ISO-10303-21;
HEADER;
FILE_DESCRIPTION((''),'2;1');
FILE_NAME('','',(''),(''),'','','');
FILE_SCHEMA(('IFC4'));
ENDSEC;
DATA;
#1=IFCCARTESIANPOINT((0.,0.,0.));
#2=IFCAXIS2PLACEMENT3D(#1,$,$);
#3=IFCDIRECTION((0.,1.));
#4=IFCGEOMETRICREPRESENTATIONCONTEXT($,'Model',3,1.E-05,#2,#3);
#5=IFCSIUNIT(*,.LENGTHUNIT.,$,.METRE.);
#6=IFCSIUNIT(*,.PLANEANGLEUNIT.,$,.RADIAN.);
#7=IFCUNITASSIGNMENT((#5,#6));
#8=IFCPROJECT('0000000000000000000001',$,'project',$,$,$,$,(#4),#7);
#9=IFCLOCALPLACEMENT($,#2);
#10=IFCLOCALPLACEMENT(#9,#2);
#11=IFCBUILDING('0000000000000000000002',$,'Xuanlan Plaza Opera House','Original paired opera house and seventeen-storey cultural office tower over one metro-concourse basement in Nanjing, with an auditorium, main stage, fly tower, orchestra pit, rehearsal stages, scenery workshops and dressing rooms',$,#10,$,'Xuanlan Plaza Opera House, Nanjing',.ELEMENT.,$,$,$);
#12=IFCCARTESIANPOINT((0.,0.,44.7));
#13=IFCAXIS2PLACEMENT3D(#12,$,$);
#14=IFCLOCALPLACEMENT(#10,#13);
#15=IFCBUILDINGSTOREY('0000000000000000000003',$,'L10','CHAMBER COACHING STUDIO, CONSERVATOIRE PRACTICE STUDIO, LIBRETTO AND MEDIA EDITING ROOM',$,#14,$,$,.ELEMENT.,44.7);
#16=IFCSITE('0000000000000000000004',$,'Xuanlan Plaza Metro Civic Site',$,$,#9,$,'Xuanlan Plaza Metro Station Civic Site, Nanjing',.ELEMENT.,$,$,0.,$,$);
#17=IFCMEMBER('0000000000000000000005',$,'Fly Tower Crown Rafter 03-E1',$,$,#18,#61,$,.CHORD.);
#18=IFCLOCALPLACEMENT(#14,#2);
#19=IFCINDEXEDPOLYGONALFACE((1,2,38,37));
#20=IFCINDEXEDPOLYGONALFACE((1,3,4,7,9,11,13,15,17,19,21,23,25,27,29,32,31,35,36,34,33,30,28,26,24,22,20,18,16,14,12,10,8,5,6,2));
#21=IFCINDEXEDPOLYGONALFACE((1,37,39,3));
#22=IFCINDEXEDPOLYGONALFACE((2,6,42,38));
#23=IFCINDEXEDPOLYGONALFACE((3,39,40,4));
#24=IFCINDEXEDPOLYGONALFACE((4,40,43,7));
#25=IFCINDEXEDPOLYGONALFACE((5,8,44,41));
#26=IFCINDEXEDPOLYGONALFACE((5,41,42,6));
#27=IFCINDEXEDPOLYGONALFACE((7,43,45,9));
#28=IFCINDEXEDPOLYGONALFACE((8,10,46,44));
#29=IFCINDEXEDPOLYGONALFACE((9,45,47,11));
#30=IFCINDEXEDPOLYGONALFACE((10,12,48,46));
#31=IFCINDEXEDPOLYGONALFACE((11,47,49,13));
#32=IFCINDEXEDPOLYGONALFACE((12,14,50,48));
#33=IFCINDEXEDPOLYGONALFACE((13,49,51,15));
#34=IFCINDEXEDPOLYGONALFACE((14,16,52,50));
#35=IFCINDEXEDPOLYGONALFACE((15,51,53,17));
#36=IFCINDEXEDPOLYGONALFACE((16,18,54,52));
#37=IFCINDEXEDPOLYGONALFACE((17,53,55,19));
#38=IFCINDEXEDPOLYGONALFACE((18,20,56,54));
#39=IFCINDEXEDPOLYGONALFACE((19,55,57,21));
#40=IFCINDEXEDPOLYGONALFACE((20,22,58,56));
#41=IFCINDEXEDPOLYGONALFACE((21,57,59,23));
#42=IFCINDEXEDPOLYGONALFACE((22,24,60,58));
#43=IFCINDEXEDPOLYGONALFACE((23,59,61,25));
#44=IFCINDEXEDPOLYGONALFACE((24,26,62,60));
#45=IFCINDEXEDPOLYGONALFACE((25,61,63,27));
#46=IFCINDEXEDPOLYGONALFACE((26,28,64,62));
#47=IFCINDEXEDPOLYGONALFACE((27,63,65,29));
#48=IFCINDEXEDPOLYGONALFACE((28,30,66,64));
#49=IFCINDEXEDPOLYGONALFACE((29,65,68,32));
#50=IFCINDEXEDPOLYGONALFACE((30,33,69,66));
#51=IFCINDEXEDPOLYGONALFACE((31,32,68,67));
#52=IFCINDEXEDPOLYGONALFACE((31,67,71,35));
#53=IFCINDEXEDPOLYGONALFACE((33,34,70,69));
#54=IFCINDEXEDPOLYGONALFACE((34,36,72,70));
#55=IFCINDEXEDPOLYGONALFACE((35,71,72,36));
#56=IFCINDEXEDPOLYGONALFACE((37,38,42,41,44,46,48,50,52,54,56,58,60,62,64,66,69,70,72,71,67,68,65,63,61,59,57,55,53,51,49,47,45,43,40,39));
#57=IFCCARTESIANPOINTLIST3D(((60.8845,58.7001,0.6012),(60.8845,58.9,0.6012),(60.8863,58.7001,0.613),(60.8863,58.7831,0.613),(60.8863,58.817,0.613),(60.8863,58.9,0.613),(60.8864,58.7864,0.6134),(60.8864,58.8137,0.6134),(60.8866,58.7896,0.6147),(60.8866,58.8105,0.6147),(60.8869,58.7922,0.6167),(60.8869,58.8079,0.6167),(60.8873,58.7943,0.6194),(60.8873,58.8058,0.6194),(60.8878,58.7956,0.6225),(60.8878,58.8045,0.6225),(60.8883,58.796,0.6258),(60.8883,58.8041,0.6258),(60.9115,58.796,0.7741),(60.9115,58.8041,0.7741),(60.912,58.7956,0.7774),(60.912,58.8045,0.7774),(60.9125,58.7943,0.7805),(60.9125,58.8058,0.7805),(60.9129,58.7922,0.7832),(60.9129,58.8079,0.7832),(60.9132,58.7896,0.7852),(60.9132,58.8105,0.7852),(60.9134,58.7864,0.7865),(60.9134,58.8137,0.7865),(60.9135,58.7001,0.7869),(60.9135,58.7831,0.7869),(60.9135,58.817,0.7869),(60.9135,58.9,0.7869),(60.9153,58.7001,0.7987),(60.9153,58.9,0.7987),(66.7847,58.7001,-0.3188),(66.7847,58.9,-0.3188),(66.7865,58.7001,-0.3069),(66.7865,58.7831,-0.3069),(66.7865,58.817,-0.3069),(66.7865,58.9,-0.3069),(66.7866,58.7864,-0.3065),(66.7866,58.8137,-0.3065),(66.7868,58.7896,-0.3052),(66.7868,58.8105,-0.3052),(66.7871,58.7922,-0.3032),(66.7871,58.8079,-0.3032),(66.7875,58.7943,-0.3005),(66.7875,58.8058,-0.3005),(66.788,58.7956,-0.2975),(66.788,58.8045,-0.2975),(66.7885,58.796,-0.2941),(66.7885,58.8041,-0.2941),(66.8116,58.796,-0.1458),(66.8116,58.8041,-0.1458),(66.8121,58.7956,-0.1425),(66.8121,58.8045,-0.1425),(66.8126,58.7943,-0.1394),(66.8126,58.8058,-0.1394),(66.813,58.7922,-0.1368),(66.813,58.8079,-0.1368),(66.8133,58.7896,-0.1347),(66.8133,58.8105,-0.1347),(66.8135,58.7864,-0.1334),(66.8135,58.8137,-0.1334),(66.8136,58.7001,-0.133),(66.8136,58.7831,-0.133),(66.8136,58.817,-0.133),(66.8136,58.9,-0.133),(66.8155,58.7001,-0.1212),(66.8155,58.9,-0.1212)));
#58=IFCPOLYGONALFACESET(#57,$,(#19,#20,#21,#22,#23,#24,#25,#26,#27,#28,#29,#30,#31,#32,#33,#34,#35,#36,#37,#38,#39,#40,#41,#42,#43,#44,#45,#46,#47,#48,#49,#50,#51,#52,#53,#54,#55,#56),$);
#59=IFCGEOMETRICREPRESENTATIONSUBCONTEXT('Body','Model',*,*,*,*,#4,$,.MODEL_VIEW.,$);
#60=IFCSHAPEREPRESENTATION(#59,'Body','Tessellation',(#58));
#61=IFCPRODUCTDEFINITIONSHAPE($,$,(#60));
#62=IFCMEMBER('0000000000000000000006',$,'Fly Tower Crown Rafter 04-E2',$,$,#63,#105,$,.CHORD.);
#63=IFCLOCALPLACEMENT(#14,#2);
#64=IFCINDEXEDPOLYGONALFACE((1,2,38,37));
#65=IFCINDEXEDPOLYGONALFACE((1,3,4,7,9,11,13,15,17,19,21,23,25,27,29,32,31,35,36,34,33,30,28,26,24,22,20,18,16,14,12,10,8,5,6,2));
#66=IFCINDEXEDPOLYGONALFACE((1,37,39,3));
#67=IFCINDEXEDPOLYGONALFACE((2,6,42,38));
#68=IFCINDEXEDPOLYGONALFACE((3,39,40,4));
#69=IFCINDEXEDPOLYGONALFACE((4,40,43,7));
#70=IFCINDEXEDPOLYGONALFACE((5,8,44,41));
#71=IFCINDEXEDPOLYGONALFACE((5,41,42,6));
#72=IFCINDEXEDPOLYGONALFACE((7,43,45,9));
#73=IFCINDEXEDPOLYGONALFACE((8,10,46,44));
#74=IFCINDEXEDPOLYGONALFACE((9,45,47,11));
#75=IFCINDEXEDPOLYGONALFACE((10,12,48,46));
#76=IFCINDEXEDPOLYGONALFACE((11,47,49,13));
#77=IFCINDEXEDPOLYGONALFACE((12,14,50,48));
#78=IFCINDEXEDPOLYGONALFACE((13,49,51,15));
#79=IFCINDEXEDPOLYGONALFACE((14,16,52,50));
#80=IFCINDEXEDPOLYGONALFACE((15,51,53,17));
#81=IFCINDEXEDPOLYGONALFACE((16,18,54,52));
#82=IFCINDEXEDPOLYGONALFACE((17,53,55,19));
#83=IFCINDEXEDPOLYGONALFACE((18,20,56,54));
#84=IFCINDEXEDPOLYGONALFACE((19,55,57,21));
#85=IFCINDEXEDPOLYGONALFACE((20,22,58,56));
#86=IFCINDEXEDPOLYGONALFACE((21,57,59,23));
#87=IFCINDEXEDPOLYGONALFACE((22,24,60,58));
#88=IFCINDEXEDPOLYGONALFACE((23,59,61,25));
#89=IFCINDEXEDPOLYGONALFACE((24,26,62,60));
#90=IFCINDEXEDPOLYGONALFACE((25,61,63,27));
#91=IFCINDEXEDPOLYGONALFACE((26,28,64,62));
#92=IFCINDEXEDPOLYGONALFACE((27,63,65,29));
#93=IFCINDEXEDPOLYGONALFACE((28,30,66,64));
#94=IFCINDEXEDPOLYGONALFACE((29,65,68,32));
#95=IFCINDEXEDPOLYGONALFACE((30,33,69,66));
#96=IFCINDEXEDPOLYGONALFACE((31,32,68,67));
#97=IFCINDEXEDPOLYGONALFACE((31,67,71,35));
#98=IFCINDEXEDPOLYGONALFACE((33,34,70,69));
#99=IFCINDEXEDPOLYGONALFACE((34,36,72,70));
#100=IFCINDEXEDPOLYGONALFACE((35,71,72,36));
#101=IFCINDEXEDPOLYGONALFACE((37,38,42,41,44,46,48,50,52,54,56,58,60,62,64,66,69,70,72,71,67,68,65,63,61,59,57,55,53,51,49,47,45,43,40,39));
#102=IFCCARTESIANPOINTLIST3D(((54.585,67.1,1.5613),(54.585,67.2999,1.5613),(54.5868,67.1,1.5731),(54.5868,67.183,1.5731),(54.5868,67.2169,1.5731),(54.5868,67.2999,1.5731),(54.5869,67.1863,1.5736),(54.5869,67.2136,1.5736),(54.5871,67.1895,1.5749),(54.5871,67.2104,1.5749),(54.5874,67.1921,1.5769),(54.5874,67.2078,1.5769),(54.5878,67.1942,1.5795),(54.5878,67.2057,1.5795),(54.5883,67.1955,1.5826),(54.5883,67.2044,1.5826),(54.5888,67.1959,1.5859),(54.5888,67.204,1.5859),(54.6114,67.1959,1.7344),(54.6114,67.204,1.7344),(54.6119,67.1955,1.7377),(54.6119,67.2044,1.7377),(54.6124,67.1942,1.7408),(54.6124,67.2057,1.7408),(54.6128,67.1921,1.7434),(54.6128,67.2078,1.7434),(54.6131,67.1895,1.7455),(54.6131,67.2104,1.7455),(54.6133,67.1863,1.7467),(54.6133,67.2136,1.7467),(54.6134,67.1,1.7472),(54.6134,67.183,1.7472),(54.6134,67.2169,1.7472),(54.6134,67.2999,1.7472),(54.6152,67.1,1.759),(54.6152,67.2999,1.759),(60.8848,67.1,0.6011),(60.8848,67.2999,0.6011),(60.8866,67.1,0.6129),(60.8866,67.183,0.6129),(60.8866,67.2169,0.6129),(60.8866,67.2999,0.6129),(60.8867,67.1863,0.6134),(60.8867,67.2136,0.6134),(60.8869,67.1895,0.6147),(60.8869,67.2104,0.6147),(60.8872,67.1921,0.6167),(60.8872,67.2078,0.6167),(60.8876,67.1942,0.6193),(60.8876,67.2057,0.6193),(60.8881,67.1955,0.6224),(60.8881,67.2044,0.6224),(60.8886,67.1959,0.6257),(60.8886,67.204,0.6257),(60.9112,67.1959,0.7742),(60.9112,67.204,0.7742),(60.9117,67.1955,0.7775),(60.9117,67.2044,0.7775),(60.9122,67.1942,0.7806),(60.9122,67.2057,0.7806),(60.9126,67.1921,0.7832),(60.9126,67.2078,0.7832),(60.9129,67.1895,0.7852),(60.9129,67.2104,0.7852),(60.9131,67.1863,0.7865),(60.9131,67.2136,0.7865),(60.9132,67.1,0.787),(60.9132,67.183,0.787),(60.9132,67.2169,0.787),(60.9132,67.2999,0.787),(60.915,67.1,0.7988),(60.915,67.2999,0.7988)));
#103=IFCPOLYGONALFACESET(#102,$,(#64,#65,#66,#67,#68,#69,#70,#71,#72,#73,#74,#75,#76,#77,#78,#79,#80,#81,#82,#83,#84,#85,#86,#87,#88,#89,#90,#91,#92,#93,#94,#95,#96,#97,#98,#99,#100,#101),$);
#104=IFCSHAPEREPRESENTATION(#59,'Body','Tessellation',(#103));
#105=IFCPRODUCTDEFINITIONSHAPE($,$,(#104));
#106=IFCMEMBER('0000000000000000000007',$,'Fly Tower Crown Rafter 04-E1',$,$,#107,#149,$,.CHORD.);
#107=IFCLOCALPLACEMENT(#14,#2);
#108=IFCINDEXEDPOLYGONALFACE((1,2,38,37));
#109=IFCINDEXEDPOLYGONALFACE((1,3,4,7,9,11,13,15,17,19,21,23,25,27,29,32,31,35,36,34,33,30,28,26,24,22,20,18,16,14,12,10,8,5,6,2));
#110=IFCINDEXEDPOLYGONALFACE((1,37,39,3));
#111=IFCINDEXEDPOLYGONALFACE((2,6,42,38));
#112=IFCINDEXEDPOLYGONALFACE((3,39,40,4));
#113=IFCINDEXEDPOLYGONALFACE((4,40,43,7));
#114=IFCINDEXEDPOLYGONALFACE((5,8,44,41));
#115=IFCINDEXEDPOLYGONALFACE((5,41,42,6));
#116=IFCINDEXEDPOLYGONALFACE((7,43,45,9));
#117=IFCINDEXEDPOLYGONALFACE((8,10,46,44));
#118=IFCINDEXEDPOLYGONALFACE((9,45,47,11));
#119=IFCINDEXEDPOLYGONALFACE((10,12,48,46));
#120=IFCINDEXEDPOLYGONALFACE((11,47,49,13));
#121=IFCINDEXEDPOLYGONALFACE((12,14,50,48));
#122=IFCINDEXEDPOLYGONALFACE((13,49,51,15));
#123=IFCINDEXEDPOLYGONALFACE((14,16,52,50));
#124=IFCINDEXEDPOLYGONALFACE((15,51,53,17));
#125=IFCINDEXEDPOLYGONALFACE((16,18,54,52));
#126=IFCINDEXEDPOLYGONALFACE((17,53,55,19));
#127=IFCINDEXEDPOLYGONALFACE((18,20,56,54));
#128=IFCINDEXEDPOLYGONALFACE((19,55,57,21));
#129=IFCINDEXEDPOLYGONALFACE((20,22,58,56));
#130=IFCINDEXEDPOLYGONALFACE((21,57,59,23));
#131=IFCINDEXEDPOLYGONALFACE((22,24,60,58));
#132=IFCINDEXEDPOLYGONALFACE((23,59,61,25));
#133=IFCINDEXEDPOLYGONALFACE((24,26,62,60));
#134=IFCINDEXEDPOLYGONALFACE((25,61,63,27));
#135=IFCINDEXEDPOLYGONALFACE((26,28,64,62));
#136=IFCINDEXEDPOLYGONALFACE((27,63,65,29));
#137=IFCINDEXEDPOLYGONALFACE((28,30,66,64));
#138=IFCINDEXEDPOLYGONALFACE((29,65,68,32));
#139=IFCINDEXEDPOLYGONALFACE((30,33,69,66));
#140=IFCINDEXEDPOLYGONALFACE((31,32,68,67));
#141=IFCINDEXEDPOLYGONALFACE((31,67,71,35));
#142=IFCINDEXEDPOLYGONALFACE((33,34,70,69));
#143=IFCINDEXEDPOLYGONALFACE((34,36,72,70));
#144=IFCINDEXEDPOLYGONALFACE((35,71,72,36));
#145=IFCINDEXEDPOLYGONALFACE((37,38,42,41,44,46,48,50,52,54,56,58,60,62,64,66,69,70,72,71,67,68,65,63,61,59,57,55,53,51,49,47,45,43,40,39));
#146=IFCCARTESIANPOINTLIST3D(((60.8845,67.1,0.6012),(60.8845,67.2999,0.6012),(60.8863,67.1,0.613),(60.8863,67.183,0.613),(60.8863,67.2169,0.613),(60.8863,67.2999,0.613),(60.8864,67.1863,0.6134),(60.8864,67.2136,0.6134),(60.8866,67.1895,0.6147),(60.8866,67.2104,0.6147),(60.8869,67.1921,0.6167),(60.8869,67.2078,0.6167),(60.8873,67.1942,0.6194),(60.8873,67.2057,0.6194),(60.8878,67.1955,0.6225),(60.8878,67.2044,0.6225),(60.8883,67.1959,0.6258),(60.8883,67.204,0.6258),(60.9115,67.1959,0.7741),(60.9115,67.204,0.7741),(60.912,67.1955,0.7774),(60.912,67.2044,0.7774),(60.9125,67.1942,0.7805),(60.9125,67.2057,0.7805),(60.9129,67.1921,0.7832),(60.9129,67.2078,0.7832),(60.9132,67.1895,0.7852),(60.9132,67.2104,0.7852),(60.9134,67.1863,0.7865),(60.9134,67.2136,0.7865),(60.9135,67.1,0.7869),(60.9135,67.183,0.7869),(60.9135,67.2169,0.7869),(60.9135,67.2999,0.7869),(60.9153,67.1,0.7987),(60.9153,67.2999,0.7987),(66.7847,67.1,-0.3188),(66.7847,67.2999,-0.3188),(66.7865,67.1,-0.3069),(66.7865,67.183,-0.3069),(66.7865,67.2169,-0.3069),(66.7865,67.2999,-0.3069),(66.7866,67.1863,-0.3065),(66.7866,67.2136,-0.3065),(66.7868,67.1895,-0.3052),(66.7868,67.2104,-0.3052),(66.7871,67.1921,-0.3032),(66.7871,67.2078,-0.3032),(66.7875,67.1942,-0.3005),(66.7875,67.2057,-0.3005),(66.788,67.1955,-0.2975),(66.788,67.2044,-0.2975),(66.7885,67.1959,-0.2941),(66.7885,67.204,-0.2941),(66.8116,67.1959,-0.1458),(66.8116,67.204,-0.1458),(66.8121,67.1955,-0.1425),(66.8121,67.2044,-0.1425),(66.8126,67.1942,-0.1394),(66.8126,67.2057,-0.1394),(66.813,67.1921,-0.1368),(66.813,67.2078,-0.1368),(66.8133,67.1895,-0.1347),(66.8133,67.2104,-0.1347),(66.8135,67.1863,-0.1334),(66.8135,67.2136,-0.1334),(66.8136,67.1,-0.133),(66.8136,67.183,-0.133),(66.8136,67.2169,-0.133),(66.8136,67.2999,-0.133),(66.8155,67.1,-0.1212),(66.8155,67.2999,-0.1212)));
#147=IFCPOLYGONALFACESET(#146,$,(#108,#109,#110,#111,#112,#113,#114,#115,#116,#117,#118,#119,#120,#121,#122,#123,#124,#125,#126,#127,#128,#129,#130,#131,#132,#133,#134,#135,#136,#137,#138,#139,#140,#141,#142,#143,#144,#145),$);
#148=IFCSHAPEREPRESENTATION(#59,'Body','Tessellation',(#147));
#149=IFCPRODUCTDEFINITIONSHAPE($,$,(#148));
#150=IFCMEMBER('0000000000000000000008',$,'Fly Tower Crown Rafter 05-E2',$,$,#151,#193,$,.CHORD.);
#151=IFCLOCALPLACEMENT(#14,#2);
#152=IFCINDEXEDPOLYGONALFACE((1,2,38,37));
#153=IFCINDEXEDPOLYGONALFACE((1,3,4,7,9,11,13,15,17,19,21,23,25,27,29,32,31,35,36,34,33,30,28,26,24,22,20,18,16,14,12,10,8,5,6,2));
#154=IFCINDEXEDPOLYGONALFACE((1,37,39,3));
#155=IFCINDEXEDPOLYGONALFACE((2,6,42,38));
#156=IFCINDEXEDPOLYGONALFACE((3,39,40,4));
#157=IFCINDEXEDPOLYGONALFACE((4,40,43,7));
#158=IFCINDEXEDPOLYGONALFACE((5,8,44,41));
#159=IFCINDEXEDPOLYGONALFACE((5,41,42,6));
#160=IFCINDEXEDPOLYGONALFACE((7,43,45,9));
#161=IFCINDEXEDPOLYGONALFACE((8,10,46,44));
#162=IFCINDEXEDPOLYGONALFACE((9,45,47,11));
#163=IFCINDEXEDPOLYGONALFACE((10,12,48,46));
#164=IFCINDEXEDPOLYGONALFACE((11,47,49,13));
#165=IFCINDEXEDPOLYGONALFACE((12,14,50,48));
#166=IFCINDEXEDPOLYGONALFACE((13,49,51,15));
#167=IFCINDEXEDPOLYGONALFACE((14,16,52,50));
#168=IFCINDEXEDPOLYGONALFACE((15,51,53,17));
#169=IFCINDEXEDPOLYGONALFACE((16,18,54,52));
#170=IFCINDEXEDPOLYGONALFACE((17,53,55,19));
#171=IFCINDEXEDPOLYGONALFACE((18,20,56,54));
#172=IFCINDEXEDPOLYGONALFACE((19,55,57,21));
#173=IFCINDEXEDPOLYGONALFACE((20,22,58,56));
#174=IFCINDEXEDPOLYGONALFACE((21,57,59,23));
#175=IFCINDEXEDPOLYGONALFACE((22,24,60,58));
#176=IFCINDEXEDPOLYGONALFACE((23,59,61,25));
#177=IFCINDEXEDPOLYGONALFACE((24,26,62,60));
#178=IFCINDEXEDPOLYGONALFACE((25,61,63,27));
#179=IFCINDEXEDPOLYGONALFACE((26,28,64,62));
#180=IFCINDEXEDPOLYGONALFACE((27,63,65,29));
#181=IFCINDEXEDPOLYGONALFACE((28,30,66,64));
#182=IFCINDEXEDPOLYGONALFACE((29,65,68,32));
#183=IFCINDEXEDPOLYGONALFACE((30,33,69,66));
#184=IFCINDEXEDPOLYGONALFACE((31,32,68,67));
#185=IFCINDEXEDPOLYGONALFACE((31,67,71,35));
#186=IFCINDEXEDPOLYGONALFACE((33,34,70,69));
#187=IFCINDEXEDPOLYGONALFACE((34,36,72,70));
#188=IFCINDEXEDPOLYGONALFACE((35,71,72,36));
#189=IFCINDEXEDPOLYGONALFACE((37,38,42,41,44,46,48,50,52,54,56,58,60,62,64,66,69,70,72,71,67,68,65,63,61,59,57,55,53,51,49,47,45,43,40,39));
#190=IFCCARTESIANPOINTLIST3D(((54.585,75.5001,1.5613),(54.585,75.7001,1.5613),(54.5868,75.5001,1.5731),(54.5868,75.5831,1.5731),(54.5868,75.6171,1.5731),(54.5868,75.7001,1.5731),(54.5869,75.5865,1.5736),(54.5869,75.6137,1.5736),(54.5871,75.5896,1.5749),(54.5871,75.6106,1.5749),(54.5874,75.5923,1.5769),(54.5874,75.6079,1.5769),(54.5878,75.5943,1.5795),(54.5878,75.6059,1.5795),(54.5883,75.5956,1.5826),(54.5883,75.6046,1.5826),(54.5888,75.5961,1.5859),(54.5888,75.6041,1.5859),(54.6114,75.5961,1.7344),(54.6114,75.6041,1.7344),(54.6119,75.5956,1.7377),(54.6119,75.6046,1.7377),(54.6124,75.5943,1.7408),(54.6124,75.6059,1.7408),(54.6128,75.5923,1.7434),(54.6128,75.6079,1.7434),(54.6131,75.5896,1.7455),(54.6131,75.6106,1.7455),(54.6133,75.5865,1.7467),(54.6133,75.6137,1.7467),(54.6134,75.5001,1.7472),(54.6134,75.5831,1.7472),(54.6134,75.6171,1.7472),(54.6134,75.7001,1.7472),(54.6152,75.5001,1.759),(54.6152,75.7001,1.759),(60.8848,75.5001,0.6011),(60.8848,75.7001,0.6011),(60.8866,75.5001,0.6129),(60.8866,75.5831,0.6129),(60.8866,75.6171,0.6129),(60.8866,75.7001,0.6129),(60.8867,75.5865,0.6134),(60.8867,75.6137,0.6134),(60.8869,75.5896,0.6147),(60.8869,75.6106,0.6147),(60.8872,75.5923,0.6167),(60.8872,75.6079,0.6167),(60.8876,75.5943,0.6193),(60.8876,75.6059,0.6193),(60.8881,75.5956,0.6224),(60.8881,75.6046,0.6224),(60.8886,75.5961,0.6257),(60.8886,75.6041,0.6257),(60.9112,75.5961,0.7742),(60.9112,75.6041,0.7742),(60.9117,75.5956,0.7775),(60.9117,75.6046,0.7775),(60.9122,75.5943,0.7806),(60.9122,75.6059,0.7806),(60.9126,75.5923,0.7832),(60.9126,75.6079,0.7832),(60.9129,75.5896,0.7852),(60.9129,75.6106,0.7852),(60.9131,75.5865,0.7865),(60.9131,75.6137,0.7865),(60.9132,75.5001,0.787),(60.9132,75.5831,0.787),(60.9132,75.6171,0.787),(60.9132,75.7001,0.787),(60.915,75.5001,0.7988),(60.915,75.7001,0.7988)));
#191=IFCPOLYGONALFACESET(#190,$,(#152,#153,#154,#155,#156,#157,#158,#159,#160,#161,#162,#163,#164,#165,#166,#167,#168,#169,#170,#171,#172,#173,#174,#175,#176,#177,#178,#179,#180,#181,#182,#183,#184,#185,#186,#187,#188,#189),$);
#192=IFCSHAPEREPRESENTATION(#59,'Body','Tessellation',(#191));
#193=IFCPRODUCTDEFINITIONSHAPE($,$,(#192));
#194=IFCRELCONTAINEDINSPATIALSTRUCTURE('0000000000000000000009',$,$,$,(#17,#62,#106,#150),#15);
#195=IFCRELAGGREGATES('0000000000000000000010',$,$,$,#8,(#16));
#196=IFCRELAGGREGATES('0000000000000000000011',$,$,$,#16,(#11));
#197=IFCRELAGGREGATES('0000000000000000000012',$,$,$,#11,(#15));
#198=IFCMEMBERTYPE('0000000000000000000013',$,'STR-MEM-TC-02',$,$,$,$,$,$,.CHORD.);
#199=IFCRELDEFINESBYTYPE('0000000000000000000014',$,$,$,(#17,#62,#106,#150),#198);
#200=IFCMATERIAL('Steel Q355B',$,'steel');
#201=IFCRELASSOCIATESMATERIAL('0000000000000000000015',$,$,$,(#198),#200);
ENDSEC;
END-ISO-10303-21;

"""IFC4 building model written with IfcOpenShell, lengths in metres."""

from ifc_helpers import new_model, si_unit, direction, frame, origin, origin_2d, place, context, subcontext, project, spatial, i_section, extrude, material, material_profile, profile_set, type_object, element, save


model = new_model("IFC4")

# Units and contexts
model_context = context("Model", 3, precision=1e-05, world=origin(), true_north=direction((0.0, 1.0)))
body_context = subcontext(model_context, "Body", "Model", "MODEL_VIEW")
ifc_project = project(units=[si_unit("LENGTHUNIT", "METRE"), si_unit("PLANEANGLEUNIT", "RADIAN")], contexts=[model_context])

# Site, building, storey
site_placement = place(None, origin())
site = spatial("IfcSite", under=ifc_project, at=site_placement, Name="Xuanlan Plaza Metro Civic Site", LongName="Xuanlan Plaza Metro Station Civic Site, Nanjing", CompositionType="ELEMENT", RefElevation=0.0)
building_placement = place(site_placement, origin())
building = spatial("IfcBuilding", under=site, at=building_placement, Name="Xuanlan Plaza Opera House", Description="Original paired opera house and seventeen-storey cultural office tower over one metro-concourse basement in Nanjing, with an auditorium, main stage, fly tower, orchestra pit, rehearsal stages, scenery workshops and dressing rooms", LongName="Xuanlan Plaza Opera House, Nanjing", CompositionType="ELEMENT")
storey_placement = place(building_placement, frame((0.0, 0.0, 44.7)))
storey = spatial("IfcBuildingStorey", under=building, at=storey_placement, Name="L10", Description="CHAMBER COACHING STUDIO, CONSERVATOIRE PRACTICE STUDIO, LIBRETTO AND MEDIA EDITING ROOM", CompositionType="ELEMENT", Elevation=44.7)

# Shared definitions
ifc_material_1 = material(Name="Steel Q355B", Category="steel")

# Members
ifc_material_profile_1 = material_profile(ifc_material_1, i_section(OverallWidth=0.2, OverallDepth=0.2, WebThickness=0.0081, FlangeThickness=0.012, FilletRadius=0.0129, at=origin_2d()), Name="HW 200x200x8x12")
ifc_profile_set_1 = profile_set([ifc_material_profile_1], Name="Steel Q355B")
member_type_1 = type_object("IfcMemberType", Name="STR-MEM-TC-02", PredefinedType="CHORD", material=ifc_profile_set_1)
member_1_placement = place(storey_placement, frame((60.8999, 58.8, 0.7), z_axis=(0.988062, 0.0, -0.154054), x_axis=(0.0, 1.0, 0.0)))
element("IfcMember", 1, at=member_1_placement, inside=storey, type_object=member_type_1, Name="Fly Tower Crown Rafter 03-E1", PredefinedType="CHORD", context=body_context, shape_type="SweptSolid", body=[
    extrude(i_section(OverallWidth=0.2, OverallDepth=0.2, WebThickness=0.0081, FlangeThickness=0.012, FilletRadius=0.0129, at=origin_2d()), origin(), (0.0, 0.0, 1.0), 5.9714),
])
member_2_placement = place(storey_placement, frame((54.6001, 67.2, 1.6602), z_axis=(0.988583, 0.0, -0.150678), x_axis=(0.0, 1.0, 0.0)))
element("IfcMember", 2, at=member_2_placement, inside=storey, type_object=member_type_1, Name="Fly Tower Crown Rafter 04-E2", PredefinedType="CHORD", context=body_context, shape_type="SweptSolid", body=[
    extrude(i_section(OverallWidth=0.2, OverallDepth=0.2, WebThickness=0.0081, FlangeThickness=0.012, FilletRadius=0.0129, at=origin_2d()), origin(), (0.0, 0.0, 1.0), 6.3726),
])
member_3_placement = place(storey_placement, frame((60.8999, 67.2, 0.7), z_axis=(0.988062, 0.0, -0.154054), x_axis=(0.0, 1.0, 0.0)))
element("IfcMember", 3, at=member_3_placement, inside=storey, type_object=member_type_1, Name="Fly Tower Crown Rafter 04-E1", PredefinedType="CHORD", context=body_context, shape_type="SweptSolid", body=[
    extrude(i_section(OverallWidth=0.2, OverallDepth=0.2, WebThickness=0.0081, FlangeThickness=0.012, FilletRadius=0.0129, at=origin_2d()), origin(), (0.0, 0.0, 1.0), 5.9714),
])
member_4_placement = place(storey_placement, frame((54.6001, 75.6001, 1.6602), z_axis=(0.988583, 0.0, -0.150678), x_axis=(0.0, 1.0, 0.0)))
element("IfcMember", 4, at=member_4_placement, inside=storey, type_object=member_type_1, Name="Fly Tower Crown Rafter 05-E2", PredefinedType="CHORD", context=body_context, shape_type="SweptSolid", body=[
    extrude(i_section(OverallWidth=0.2, OverallDepth=0.2, WebThickness=0.0081, FlangeThickness=0.012, FilletRadius=0.0129, at=origin_2d()), origin(), (0.0, 0.0, 1.0), 6.3726),
])

save(model, "model.ifc")
